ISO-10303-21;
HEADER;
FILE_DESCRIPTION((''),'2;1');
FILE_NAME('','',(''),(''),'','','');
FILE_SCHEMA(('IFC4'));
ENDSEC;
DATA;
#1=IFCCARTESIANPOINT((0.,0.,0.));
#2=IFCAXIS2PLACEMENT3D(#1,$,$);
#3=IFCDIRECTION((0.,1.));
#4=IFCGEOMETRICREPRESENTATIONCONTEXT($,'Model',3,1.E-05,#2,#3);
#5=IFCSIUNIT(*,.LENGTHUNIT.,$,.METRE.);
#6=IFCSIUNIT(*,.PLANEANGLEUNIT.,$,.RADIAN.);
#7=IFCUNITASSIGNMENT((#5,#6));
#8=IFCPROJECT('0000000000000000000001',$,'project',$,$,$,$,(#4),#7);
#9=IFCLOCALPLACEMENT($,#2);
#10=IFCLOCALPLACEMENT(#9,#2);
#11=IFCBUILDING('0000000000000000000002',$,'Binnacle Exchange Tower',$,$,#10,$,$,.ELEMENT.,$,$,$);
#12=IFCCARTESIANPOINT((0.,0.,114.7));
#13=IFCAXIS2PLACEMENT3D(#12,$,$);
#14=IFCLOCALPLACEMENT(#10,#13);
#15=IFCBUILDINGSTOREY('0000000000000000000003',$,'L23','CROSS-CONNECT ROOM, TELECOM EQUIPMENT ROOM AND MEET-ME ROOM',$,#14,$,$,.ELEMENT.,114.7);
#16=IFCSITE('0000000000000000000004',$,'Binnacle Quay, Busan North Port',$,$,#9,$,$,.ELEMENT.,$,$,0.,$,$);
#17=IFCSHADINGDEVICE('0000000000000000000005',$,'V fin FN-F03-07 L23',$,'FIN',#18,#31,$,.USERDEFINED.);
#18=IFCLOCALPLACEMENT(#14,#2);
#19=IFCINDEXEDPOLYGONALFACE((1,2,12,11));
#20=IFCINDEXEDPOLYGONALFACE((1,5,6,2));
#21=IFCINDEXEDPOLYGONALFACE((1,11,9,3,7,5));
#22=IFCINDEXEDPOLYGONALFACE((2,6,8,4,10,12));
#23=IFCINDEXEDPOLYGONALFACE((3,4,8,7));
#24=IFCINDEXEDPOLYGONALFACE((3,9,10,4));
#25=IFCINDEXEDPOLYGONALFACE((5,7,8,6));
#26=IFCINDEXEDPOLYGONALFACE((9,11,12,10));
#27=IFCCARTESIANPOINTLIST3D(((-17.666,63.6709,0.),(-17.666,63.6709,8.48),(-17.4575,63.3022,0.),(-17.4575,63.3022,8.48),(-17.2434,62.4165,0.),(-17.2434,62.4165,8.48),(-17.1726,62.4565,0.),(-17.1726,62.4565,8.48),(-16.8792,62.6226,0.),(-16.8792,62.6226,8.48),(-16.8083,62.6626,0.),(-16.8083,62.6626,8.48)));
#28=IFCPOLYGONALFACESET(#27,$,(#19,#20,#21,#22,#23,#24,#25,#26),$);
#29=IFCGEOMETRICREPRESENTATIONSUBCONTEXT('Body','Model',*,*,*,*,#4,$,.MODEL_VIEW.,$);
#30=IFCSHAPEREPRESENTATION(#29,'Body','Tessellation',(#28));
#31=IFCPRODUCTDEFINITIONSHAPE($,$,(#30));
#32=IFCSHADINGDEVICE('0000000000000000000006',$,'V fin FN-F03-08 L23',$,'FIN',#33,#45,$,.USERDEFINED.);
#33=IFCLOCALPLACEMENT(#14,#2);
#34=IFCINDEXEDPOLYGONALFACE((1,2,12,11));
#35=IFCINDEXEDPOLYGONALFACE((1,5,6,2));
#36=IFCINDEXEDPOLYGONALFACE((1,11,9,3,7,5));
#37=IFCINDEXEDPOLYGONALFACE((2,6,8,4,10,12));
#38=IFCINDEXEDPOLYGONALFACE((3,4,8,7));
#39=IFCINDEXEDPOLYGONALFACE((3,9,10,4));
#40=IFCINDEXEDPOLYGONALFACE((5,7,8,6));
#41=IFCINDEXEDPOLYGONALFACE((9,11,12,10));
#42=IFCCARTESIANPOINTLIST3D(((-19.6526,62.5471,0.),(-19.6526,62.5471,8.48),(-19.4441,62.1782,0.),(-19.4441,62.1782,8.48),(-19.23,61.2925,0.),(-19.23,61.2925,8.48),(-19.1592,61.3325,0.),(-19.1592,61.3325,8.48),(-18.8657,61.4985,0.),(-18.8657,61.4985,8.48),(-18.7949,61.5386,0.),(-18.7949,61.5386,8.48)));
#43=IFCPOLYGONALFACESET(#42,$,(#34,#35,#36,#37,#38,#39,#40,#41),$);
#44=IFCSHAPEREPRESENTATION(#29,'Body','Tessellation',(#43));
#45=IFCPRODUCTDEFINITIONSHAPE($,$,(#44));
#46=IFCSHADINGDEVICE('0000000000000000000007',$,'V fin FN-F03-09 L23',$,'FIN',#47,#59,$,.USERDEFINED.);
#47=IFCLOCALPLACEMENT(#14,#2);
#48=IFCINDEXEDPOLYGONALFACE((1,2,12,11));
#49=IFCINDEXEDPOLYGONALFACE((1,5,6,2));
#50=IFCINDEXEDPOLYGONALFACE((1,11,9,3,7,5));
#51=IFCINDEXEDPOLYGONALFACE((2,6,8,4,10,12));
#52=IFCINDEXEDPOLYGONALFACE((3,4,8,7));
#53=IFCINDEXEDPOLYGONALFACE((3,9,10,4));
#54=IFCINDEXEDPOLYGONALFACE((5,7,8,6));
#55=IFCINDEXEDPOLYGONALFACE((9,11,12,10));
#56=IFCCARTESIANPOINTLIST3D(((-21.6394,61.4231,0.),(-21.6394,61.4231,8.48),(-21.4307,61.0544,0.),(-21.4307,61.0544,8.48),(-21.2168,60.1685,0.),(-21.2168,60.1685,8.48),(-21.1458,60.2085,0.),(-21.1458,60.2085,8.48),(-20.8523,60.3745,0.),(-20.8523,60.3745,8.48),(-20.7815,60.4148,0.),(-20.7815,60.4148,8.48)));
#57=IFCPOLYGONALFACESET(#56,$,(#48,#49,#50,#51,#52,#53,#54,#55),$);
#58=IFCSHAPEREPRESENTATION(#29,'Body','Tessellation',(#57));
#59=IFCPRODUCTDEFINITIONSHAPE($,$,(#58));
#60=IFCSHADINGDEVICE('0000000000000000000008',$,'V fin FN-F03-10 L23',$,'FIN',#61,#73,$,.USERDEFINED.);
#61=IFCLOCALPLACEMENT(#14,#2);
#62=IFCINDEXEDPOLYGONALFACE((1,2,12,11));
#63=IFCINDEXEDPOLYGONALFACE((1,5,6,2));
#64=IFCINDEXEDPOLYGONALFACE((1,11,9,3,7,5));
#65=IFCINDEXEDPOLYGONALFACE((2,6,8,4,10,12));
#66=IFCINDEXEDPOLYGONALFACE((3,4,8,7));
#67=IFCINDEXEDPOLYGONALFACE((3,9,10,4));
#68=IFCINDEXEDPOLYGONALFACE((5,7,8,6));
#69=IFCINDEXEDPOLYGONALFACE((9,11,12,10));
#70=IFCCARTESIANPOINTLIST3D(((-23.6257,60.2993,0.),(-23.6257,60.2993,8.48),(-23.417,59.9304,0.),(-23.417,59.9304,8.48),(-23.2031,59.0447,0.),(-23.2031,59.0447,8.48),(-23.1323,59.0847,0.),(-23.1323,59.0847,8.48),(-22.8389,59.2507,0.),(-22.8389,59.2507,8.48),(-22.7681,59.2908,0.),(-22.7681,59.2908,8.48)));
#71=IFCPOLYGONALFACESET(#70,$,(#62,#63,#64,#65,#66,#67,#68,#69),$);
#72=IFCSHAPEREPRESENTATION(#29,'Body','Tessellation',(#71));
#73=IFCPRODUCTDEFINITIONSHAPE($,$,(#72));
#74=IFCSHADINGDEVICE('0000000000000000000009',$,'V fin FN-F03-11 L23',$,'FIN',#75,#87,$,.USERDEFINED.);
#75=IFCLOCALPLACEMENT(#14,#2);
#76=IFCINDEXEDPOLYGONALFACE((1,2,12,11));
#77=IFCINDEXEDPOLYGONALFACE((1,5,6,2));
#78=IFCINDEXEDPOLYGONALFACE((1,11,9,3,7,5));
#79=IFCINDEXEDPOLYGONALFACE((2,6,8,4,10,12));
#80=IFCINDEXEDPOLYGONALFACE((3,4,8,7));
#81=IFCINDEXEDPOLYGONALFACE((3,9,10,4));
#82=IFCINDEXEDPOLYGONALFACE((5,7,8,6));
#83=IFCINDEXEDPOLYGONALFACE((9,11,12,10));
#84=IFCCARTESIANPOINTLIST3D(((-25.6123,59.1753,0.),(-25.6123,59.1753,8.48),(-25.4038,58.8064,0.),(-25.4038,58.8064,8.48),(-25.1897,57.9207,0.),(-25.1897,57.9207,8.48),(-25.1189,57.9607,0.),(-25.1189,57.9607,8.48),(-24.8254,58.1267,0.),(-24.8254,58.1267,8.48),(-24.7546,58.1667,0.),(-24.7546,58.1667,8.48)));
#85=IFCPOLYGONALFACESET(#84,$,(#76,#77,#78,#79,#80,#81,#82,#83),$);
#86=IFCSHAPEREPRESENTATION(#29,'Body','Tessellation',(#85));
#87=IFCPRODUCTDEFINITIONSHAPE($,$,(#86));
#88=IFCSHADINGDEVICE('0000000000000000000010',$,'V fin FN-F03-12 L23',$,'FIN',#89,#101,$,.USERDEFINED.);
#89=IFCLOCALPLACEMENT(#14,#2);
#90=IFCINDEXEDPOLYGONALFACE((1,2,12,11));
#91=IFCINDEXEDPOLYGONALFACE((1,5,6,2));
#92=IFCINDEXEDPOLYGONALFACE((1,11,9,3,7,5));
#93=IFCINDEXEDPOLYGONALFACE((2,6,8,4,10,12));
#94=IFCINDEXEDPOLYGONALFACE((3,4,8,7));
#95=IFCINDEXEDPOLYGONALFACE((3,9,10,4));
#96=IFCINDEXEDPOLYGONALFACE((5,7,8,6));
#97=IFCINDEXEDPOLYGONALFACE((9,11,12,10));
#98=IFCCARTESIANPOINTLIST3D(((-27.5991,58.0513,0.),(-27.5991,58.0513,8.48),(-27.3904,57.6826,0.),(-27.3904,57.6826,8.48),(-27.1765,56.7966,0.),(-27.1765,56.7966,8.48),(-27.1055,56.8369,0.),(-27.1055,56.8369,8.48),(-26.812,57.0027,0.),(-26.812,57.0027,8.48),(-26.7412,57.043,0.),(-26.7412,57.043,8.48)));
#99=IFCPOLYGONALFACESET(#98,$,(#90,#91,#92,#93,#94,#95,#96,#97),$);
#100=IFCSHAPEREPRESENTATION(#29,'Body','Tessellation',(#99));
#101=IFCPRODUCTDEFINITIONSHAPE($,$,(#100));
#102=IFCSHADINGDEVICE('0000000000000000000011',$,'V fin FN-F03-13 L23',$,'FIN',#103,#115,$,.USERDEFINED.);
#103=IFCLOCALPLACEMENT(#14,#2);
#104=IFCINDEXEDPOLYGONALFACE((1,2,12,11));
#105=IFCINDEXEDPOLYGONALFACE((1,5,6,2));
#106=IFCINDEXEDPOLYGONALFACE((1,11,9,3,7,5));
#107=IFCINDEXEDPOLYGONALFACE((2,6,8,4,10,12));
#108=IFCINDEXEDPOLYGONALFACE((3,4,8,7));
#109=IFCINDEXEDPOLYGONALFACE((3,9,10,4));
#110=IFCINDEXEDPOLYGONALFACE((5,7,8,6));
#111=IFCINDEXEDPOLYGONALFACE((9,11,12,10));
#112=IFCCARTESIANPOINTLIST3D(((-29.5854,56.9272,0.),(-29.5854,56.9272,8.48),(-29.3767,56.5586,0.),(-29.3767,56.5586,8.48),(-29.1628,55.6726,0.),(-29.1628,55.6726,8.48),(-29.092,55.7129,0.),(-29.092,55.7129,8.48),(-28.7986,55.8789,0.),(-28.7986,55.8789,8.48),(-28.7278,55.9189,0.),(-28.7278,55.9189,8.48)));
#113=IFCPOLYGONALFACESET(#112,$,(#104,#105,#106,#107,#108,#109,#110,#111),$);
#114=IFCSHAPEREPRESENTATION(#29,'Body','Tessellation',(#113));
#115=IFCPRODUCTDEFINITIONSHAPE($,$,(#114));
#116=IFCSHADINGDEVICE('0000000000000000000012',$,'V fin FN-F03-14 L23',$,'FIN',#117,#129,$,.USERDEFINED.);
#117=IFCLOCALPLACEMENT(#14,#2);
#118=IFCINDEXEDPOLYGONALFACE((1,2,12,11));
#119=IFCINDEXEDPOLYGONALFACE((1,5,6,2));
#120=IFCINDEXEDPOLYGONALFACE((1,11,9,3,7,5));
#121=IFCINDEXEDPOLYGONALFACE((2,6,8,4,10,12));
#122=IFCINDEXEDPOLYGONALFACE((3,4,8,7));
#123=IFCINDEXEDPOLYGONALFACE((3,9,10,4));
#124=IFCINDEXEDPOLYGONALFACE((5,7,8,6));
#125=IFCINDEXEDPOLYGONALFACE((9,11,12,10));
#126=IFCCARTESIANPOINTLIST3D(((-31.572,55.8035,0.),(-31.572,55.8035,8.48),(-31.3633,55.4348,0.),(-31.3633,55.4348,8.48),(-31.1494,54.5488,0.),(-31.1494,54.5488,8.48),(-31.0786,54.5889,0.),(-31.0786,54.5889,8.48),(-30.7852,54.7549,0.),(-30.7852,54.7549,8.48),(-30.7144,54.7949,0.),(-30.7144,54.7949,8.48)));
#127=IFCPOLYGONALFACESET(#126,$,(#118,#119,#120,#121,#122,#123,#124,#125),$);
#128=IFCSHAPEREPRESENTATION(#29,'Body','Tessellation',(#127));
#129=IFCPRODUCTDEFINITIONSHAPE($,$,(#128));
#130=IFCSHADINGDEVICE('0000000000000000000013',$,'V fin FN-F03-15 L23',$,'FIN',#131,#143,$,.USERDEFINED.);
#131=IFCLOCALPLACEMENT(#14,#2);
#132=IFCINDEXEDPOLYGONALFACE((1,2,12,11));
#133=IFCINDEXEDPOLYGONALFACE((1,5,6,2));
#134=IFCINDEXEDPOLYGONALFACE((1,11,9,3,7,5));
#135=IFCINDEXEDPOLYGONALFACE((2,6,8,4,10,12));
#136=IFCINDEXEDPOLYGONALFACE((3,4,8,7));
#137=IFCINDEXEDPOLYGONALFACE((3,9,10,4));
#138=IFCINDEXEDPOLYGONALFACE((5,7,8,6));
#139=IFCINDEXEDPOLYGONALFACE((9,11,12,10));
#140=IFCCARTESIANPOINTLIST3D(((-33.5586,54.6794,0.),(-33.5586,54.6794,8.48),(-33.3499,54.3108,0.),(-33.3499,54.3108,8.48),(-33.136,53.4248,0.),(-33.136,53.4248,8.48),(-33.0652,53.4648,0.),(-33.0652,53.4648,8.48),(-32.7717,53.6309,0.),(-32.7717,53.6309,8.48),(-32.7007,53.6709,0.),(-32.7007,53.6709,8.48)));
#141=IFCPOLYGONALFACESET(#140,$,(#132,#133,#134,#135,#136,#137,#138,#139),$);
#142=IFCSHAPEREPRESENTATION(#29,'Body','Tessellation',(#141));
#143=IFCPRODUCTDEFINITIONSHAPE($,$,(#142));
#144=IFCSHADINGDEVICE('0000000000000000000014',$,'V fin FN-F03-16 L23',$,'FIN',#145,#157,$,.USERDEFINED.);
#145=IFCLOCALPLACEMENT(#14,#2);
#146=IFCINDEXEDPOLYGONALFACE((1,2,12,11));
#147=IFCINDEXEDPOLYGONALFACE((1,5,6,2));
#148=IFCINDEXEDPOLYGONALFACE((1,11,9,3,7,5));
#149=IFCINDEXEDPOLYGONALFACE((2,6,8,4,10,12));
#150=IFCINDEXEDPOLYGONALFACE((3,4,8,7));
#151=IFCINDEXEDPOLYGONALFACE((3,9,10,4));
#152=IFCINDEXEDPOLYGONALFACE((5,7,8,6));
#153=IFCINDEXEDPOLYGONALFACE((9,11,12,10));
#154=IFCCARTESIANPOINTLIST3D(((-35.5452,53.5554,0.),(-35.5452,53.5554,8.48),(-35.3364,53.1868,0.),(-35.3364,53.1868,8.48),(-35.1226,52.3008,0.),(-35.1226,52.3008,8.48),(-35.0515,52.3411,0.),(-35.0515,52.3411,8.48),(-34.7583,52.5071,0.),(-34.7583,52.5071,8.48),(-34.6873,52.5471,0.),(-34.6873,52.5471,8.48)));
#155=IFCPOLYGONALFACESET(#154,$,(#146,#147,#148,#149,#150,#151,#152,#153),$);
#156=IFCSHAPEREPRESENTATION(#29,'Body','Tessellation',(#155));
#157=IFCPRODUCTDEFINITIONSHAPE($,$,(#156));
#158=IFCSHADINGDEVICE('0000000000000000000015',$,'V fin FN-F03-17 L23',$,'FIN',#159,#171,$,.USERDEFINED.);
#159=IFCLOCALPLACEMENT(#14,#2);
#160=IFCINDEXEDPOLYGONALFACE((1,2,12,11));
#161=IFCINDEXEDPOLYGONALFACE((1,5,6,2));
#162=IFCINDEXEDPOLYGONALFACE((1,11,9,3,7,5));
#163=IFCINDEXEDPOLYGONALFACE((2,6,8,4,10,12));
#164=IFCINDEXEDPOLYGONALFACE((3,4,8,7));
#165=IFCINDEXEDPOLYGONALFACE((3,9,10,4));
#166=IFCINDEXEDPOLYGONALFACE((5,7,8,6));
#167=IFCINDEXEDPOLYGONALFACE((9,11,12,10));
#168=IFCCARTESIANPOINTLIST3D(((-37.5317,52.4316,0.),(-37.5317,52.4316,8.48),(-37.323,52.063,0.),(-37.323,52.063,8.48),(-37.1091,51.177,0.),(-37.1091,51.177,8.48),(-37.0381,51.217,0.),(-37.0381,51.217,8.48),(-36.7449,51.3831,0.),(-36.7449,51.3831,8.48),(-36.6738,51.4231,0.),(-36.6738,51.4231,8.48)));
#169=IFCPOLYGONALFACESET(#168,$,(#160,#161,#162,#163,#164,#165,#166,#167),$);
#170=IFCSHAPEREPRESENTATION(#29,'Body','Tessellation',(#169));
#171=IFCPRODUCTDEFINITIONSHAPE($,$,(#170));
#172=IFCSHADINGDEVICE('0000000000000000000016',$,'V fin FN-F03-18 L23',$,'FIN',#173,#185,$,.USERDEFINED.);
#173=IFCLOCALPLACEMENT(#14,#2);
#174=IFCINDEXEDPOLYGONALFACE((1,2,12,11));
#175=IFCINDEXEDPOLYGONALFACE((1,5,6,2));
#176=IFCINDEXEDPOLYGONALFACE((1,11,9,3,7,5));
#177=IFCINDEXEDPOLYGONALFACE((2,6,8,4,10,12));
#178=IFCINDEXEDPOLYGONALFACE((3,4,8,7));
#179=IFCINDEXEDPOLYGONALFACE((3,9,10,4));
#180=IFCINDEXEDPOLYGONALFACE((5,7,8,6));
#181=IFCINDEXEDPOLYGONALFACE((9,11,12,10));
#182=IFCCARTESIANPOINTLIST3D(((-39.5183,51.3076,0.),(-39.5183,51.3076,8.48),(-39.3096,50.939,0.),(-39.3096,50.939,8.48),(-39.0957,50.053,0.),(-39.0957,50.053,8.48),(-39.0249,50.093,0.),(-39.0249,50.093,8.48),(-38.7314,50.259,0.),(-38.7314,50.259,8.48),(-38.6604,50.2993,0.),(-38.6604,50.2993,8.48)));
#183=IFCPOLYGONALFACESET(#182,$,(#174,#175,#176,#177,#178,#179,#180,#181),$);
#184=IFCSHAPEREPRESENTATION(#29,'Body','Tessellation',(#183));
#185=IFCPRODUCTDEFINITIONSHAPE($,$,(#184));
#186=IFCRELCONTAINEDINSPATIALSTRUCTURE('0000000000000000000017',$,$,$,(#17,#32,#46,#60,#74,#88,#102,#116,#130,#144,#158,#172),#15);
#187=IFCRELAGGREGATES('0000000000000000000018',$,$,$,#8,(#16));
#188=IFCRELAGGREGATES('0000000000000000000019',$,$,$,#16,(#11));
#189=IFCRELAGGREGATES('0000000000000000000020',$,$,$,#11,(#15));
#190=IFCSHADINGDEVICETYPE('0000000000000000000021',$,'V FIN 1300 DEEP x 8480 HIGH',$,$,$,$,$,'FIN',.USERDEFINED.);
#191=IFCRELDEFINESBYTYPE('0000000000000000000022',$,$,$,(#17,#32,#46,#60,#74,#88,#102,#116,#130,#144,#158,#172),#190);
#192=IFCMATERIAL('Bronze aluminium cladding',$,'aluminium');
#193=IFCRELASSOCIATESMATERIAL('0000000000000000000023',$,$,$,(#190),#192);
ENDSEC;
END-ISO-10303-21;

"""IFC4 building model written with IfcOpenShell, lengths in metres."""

from ifc_helpers import new_model, si_unit, direction, frame, origin, place, context, subcontext, project, spatial, polyline, outline, extrude, material, type_object, element, save


model = new_model("IFC4")

# Units and contexts
model_context = context("Model", 3, precision=1e-05, world=origin(), true_north=direction((0.0, 1.0)))
body_context = subcontext(model_context, "Body", "Model", "MODEL_VIEW")
ifc_project = project(units=[si_unit("LENGTHUNIT", "METRE"), si_unit("PLANEANGLEUNIT", "RADIAN")], contexts=[model_context])

# Site, building, storey
site_placement = place(None, origin())
site = spatial("IfcSite", under=ifc_project, at=site_placement, Name="Binnacle Quay, Busan North Port", CompositionType="ELEMENT", RefElevation=0.0)
building_placement = place(site_placement, origin())
building = spatial("IfcBuilding", under=site, at=building_placement, Name="Binnacle Exchange Tower", CompositionType="ELEMENT")
storey_placement = place(building_placement, frame((0.0, 0.0, 114.7)))
storey = spatial("IfcBuildingStorey", under=building, at=storey_placement, Name="L23", Description="CROSS-CONNECT ROOM, TELECOM EQUIPMENT ROOM AND MEET-ME ROOM", CompositionType="ELEMENT", Elevation=114.7)

# Shading devices
ifc_material = material(Name="Bronze aluminium cladding", Category="aluminium")
shading_device_type = type_object("IfcShadingDeviceType", Name="V FIN 1300 DEEP x 8480 HIGH", ElementType="FIN", PredefinedType="USERDEFINED", material=ifc_material)
shading_device_1_placement = place(storey_placement, origin())
element("IfcShadingDevice", 1, at=shading_device_1_placement, inside=storey, type_object=shading_device_type, Name="V fin FN-F03-07 L23", ObjectType="FIN", PredefinedType="USERDEFINED", context=body_context, shape_type="SweptSolid", body=[
    extrude(outline(polyline([(-16.8083, 62.6626), (-17.666, 63.6709), (-17.2434, 62.4165), (-17.1726, 62.4565), (-17.4575, 63.3022), (-16.8792, 62.6226), (-16.8083, 62.6626)])), origin(), (0.0, 0.0, 1.0), 8.48),
])
shading_device_2_placement = place(storey_placement, origin())
element("IfcShadingDevice", 2, at=shading_device_2_placement, inside=storey, type_object=shading_device_type, Name="V fin FN-F03-08 L23", ObjectType="FIN", PredefinedType="USERDEFINED", context=body_context, shape_type="SweptSolid", body=[
    extrude(outline(polyline([(-18.7949, 61.5386), (-19.6526, 62.5471), (-19.23, 61.2925), (-19.1592, 61.3325), (-19.4441, 62.1782), (-18.8657, 61.4985), (-18.7949, 61.5386)])), origin(), (0.0, 0.0, 1.0), 8.48),
])
shading_device_3_placement = place(storey_placement, origin())
element("IfcShadingDevice", 3, at=shading_device_3_placement, inside=storey, type_object=shading_device_type, Name="V fin FN-F03-09 L23", ObjectType="FIN", PredefinedType="USERDEFINED", context=body_context, shape_type="SweptSolid", body=[
    extrude(outline(polyline([(-20.7815, 60.4148), (-21.6394, 61.4231), (-21.2168, 60.1685), (-21.1458, 60.2085), (-21.4307, 61.0544), (-20.8523, 60.3745), (-20.7815, 60.4148)])), origin(), (0.0, 0.0, 1.0), 8.48),
])
shading_device_4_placement = place(storey_placement, origin())
element("IfcShadingDevice", 4, at=shading_device_4_placement, inside=storey, type_object=shading_device_type, Name="V fin FN-F03-10 L23", ObjectType="FIN", PredefinedType="USERDEFINED", context=body_context, shape_type="SweptSolid", body=[
    extrude(outline(polyline([(-22.7681, 59.2908), (-23.6257, 60.2993), (-23.2031, 59.0447), (-23.1323, 59.0847), (-23.417, 59.9304), (-22.8389, 59.2507), (-22.7681, 59.2908)])), origin(), (0.0, 0.0, 1.0), 8.48),
])
shading_device_5_placement = place(storey_placement, origin())
element("IfcShadingDevice", 5, at=shading_device_5_placement, inside=storey, type_object=shading_device_type, Name="V fin FN-F03-11 L23", ObjectType="FIN", PredefinedType="USERDEFINED", context=body_context, shape_type="SweptSolid", body=[
    extrude(outline(polyline([(-24.7546, 58.1667), (-25.6123, 59.1753), (-25.1897, 57.9207), (-25.1189, 57.9607), (-25.4038, 58.8064), (-24.8254, 58.1267), (-24.7546, 58.1667)])), origin(), (0.0, 0.0, 1.0), 8.48),
])
shading_device_6_placement = place(storey_placement, origin())
element("IfcShadingDevice", 6, at=shading_device_6_placement, inside=storey, type_object=shading_device_type, Name="V fin FN-F03-12 L23", ObjectType="FIN", PredefinedType="USERDEFINED", context=body_context, shape_type="SweptSolid", body=[
    extrude(outline(polyline([(-26.7412, 57.043), (-27.5991, 58.0513), (-27.1765, 56.7966), (-27.1055, 56.8369), (-27.3904, 57.6826), (-26.812, 57.0027), (-26.7412, 57.043)])), origin(), (0.0, 0.0, 1.0), 8.48),
])
shading_device_7_placement = place(storey_placement, origin())
element("IfcShadingDevice", 7, at=shading_device_7_placement, inside=storey, type_object=shading_device_type, Name="V fin FN-F03-13 L23", ObjectType="FIN", PredefinedType="USERDEFINED", context=body_context, shape_type="SweptSolid", body=[
    extrude(outline(polyline([(-28.7278, 55.9189), (-29.5854, 56.9272), (-29.1628, 55.6726), (-29.092, 55.7129), (-29.3767, 56.5586), (-28.7986, 55.8789), (-28.7278, 55.9189)])), origin(), (0.0, 0.0, 1.0), 8.48),
])
shading_device_8_placement = place(storey_placement, origin())
element("IfcShadingDevice", 8, at=shading_device_8_placement, inside=storey, type_object=shading_device_type, Name="V fin FN-F03-14 L23", ObjectType="FIN", PredefinedType="USERDEFINED", context=body_context, shape_type="SweptSolid", body=[
    extrude(outline(polyline([(-30.7144, 54.7949), (-31.572, 55.8035), (-31.1494, 54.5488), (-31.0786, 54.5889), (-31.3633, 55.4348), (-30.7852, 54.7549), (-30.7144, 54.7949)])), origin(), (0.0, 0.0, 1.0), 8.48),
])
shading_device_9_placement = place(storey_placement, origin())
element("IfcShadingDevice", 9, at=shading_device_9_placement, inside=storey, type_object=shading_device_type, Name="V fin FN-F03-15 L23", ObjectType="FIN", PredefinedType="USERDEFINED", context=body_context, shape_type="SweptSolid", body=[
    extrude(outline(polyline([(-32.7007, 53.6709), (-33.5586, 54.6794), (-33.136, 53.4248), (-33.0652, 53.4648), (-33.3499, 54.3108), (-32.7717, 53.6309), (-32.7007, 53.6709)])), origin(), (0.0, 0.0, 1.0), 8.48),
])
shading_device_10_placement = place(storey_placement, origin())
element("IfcShadingDevice", 10, at=shading_device_10_placement, inside=storey, type_object=shading_device_type, Name="V fin FN-F03-16 L23", ObjectType="FIN", PredefinedType="USERDEFINED", context=body_context, shape_type="SweptSolid", body=[
    extrude(outline(polyline([(-34.6873, 52.5471), (-35.5452, 53.5554), (-35.1226, 52.3008), (-35.0515, 52.3411), (-35.3364, 53.1868), (-34.7583, 52.5071), (-34.6873, 52.5471)])), origin(), (0.0, 0.0, 1.0), 8.48),
])
shading_device_11_placement = place(storey_placement, origin())
element("IfcShadingDevice", 11, at=shading_device_11_placement, inside=storey, type_object=shading_device_type, Name="V fin FN-F03-17 L23", ObjectType="FIN", PredefinedType="USERDEFINED", context=body_context, shape_type="SweptSolid", body=[
    extrude(outline(polyline([(-36.6738, 51.4231), (-37.5317, 52.4316), (-37.1091, 51.177), (-37.0381, 51.217), (-37.323, 52.063), (-36.7449, 51.3831), (-36.6738, 51.4231)])), origin(), (0.0, 0.0, 1.0), 8.48),
])
shading_device_12_placement = place(storey_placement, origin())
element("IfcShadingDevice", 12, at=shading_device_12_placement, inside=storey, type_object=shading_device_type, Name="V fin FN-F03-18 L23", ObjectType="FIN", PredefinedType="USERDEFINED", context=body_context, shape_type="SweptSolid", body=[
    extrude(outline(polyline([(-38.6604, 50.2993), (-39.5183, 51.3076), (-39.0957, 50.053), (-39.0249, 50.093), (-39.3096, 50.939), (-38.7314, 50.259), (-38.6604, 50.2993)])), origin(), (0.0, 0.0, 1.0), 8.48),
])

save(model, "model.ifc")
